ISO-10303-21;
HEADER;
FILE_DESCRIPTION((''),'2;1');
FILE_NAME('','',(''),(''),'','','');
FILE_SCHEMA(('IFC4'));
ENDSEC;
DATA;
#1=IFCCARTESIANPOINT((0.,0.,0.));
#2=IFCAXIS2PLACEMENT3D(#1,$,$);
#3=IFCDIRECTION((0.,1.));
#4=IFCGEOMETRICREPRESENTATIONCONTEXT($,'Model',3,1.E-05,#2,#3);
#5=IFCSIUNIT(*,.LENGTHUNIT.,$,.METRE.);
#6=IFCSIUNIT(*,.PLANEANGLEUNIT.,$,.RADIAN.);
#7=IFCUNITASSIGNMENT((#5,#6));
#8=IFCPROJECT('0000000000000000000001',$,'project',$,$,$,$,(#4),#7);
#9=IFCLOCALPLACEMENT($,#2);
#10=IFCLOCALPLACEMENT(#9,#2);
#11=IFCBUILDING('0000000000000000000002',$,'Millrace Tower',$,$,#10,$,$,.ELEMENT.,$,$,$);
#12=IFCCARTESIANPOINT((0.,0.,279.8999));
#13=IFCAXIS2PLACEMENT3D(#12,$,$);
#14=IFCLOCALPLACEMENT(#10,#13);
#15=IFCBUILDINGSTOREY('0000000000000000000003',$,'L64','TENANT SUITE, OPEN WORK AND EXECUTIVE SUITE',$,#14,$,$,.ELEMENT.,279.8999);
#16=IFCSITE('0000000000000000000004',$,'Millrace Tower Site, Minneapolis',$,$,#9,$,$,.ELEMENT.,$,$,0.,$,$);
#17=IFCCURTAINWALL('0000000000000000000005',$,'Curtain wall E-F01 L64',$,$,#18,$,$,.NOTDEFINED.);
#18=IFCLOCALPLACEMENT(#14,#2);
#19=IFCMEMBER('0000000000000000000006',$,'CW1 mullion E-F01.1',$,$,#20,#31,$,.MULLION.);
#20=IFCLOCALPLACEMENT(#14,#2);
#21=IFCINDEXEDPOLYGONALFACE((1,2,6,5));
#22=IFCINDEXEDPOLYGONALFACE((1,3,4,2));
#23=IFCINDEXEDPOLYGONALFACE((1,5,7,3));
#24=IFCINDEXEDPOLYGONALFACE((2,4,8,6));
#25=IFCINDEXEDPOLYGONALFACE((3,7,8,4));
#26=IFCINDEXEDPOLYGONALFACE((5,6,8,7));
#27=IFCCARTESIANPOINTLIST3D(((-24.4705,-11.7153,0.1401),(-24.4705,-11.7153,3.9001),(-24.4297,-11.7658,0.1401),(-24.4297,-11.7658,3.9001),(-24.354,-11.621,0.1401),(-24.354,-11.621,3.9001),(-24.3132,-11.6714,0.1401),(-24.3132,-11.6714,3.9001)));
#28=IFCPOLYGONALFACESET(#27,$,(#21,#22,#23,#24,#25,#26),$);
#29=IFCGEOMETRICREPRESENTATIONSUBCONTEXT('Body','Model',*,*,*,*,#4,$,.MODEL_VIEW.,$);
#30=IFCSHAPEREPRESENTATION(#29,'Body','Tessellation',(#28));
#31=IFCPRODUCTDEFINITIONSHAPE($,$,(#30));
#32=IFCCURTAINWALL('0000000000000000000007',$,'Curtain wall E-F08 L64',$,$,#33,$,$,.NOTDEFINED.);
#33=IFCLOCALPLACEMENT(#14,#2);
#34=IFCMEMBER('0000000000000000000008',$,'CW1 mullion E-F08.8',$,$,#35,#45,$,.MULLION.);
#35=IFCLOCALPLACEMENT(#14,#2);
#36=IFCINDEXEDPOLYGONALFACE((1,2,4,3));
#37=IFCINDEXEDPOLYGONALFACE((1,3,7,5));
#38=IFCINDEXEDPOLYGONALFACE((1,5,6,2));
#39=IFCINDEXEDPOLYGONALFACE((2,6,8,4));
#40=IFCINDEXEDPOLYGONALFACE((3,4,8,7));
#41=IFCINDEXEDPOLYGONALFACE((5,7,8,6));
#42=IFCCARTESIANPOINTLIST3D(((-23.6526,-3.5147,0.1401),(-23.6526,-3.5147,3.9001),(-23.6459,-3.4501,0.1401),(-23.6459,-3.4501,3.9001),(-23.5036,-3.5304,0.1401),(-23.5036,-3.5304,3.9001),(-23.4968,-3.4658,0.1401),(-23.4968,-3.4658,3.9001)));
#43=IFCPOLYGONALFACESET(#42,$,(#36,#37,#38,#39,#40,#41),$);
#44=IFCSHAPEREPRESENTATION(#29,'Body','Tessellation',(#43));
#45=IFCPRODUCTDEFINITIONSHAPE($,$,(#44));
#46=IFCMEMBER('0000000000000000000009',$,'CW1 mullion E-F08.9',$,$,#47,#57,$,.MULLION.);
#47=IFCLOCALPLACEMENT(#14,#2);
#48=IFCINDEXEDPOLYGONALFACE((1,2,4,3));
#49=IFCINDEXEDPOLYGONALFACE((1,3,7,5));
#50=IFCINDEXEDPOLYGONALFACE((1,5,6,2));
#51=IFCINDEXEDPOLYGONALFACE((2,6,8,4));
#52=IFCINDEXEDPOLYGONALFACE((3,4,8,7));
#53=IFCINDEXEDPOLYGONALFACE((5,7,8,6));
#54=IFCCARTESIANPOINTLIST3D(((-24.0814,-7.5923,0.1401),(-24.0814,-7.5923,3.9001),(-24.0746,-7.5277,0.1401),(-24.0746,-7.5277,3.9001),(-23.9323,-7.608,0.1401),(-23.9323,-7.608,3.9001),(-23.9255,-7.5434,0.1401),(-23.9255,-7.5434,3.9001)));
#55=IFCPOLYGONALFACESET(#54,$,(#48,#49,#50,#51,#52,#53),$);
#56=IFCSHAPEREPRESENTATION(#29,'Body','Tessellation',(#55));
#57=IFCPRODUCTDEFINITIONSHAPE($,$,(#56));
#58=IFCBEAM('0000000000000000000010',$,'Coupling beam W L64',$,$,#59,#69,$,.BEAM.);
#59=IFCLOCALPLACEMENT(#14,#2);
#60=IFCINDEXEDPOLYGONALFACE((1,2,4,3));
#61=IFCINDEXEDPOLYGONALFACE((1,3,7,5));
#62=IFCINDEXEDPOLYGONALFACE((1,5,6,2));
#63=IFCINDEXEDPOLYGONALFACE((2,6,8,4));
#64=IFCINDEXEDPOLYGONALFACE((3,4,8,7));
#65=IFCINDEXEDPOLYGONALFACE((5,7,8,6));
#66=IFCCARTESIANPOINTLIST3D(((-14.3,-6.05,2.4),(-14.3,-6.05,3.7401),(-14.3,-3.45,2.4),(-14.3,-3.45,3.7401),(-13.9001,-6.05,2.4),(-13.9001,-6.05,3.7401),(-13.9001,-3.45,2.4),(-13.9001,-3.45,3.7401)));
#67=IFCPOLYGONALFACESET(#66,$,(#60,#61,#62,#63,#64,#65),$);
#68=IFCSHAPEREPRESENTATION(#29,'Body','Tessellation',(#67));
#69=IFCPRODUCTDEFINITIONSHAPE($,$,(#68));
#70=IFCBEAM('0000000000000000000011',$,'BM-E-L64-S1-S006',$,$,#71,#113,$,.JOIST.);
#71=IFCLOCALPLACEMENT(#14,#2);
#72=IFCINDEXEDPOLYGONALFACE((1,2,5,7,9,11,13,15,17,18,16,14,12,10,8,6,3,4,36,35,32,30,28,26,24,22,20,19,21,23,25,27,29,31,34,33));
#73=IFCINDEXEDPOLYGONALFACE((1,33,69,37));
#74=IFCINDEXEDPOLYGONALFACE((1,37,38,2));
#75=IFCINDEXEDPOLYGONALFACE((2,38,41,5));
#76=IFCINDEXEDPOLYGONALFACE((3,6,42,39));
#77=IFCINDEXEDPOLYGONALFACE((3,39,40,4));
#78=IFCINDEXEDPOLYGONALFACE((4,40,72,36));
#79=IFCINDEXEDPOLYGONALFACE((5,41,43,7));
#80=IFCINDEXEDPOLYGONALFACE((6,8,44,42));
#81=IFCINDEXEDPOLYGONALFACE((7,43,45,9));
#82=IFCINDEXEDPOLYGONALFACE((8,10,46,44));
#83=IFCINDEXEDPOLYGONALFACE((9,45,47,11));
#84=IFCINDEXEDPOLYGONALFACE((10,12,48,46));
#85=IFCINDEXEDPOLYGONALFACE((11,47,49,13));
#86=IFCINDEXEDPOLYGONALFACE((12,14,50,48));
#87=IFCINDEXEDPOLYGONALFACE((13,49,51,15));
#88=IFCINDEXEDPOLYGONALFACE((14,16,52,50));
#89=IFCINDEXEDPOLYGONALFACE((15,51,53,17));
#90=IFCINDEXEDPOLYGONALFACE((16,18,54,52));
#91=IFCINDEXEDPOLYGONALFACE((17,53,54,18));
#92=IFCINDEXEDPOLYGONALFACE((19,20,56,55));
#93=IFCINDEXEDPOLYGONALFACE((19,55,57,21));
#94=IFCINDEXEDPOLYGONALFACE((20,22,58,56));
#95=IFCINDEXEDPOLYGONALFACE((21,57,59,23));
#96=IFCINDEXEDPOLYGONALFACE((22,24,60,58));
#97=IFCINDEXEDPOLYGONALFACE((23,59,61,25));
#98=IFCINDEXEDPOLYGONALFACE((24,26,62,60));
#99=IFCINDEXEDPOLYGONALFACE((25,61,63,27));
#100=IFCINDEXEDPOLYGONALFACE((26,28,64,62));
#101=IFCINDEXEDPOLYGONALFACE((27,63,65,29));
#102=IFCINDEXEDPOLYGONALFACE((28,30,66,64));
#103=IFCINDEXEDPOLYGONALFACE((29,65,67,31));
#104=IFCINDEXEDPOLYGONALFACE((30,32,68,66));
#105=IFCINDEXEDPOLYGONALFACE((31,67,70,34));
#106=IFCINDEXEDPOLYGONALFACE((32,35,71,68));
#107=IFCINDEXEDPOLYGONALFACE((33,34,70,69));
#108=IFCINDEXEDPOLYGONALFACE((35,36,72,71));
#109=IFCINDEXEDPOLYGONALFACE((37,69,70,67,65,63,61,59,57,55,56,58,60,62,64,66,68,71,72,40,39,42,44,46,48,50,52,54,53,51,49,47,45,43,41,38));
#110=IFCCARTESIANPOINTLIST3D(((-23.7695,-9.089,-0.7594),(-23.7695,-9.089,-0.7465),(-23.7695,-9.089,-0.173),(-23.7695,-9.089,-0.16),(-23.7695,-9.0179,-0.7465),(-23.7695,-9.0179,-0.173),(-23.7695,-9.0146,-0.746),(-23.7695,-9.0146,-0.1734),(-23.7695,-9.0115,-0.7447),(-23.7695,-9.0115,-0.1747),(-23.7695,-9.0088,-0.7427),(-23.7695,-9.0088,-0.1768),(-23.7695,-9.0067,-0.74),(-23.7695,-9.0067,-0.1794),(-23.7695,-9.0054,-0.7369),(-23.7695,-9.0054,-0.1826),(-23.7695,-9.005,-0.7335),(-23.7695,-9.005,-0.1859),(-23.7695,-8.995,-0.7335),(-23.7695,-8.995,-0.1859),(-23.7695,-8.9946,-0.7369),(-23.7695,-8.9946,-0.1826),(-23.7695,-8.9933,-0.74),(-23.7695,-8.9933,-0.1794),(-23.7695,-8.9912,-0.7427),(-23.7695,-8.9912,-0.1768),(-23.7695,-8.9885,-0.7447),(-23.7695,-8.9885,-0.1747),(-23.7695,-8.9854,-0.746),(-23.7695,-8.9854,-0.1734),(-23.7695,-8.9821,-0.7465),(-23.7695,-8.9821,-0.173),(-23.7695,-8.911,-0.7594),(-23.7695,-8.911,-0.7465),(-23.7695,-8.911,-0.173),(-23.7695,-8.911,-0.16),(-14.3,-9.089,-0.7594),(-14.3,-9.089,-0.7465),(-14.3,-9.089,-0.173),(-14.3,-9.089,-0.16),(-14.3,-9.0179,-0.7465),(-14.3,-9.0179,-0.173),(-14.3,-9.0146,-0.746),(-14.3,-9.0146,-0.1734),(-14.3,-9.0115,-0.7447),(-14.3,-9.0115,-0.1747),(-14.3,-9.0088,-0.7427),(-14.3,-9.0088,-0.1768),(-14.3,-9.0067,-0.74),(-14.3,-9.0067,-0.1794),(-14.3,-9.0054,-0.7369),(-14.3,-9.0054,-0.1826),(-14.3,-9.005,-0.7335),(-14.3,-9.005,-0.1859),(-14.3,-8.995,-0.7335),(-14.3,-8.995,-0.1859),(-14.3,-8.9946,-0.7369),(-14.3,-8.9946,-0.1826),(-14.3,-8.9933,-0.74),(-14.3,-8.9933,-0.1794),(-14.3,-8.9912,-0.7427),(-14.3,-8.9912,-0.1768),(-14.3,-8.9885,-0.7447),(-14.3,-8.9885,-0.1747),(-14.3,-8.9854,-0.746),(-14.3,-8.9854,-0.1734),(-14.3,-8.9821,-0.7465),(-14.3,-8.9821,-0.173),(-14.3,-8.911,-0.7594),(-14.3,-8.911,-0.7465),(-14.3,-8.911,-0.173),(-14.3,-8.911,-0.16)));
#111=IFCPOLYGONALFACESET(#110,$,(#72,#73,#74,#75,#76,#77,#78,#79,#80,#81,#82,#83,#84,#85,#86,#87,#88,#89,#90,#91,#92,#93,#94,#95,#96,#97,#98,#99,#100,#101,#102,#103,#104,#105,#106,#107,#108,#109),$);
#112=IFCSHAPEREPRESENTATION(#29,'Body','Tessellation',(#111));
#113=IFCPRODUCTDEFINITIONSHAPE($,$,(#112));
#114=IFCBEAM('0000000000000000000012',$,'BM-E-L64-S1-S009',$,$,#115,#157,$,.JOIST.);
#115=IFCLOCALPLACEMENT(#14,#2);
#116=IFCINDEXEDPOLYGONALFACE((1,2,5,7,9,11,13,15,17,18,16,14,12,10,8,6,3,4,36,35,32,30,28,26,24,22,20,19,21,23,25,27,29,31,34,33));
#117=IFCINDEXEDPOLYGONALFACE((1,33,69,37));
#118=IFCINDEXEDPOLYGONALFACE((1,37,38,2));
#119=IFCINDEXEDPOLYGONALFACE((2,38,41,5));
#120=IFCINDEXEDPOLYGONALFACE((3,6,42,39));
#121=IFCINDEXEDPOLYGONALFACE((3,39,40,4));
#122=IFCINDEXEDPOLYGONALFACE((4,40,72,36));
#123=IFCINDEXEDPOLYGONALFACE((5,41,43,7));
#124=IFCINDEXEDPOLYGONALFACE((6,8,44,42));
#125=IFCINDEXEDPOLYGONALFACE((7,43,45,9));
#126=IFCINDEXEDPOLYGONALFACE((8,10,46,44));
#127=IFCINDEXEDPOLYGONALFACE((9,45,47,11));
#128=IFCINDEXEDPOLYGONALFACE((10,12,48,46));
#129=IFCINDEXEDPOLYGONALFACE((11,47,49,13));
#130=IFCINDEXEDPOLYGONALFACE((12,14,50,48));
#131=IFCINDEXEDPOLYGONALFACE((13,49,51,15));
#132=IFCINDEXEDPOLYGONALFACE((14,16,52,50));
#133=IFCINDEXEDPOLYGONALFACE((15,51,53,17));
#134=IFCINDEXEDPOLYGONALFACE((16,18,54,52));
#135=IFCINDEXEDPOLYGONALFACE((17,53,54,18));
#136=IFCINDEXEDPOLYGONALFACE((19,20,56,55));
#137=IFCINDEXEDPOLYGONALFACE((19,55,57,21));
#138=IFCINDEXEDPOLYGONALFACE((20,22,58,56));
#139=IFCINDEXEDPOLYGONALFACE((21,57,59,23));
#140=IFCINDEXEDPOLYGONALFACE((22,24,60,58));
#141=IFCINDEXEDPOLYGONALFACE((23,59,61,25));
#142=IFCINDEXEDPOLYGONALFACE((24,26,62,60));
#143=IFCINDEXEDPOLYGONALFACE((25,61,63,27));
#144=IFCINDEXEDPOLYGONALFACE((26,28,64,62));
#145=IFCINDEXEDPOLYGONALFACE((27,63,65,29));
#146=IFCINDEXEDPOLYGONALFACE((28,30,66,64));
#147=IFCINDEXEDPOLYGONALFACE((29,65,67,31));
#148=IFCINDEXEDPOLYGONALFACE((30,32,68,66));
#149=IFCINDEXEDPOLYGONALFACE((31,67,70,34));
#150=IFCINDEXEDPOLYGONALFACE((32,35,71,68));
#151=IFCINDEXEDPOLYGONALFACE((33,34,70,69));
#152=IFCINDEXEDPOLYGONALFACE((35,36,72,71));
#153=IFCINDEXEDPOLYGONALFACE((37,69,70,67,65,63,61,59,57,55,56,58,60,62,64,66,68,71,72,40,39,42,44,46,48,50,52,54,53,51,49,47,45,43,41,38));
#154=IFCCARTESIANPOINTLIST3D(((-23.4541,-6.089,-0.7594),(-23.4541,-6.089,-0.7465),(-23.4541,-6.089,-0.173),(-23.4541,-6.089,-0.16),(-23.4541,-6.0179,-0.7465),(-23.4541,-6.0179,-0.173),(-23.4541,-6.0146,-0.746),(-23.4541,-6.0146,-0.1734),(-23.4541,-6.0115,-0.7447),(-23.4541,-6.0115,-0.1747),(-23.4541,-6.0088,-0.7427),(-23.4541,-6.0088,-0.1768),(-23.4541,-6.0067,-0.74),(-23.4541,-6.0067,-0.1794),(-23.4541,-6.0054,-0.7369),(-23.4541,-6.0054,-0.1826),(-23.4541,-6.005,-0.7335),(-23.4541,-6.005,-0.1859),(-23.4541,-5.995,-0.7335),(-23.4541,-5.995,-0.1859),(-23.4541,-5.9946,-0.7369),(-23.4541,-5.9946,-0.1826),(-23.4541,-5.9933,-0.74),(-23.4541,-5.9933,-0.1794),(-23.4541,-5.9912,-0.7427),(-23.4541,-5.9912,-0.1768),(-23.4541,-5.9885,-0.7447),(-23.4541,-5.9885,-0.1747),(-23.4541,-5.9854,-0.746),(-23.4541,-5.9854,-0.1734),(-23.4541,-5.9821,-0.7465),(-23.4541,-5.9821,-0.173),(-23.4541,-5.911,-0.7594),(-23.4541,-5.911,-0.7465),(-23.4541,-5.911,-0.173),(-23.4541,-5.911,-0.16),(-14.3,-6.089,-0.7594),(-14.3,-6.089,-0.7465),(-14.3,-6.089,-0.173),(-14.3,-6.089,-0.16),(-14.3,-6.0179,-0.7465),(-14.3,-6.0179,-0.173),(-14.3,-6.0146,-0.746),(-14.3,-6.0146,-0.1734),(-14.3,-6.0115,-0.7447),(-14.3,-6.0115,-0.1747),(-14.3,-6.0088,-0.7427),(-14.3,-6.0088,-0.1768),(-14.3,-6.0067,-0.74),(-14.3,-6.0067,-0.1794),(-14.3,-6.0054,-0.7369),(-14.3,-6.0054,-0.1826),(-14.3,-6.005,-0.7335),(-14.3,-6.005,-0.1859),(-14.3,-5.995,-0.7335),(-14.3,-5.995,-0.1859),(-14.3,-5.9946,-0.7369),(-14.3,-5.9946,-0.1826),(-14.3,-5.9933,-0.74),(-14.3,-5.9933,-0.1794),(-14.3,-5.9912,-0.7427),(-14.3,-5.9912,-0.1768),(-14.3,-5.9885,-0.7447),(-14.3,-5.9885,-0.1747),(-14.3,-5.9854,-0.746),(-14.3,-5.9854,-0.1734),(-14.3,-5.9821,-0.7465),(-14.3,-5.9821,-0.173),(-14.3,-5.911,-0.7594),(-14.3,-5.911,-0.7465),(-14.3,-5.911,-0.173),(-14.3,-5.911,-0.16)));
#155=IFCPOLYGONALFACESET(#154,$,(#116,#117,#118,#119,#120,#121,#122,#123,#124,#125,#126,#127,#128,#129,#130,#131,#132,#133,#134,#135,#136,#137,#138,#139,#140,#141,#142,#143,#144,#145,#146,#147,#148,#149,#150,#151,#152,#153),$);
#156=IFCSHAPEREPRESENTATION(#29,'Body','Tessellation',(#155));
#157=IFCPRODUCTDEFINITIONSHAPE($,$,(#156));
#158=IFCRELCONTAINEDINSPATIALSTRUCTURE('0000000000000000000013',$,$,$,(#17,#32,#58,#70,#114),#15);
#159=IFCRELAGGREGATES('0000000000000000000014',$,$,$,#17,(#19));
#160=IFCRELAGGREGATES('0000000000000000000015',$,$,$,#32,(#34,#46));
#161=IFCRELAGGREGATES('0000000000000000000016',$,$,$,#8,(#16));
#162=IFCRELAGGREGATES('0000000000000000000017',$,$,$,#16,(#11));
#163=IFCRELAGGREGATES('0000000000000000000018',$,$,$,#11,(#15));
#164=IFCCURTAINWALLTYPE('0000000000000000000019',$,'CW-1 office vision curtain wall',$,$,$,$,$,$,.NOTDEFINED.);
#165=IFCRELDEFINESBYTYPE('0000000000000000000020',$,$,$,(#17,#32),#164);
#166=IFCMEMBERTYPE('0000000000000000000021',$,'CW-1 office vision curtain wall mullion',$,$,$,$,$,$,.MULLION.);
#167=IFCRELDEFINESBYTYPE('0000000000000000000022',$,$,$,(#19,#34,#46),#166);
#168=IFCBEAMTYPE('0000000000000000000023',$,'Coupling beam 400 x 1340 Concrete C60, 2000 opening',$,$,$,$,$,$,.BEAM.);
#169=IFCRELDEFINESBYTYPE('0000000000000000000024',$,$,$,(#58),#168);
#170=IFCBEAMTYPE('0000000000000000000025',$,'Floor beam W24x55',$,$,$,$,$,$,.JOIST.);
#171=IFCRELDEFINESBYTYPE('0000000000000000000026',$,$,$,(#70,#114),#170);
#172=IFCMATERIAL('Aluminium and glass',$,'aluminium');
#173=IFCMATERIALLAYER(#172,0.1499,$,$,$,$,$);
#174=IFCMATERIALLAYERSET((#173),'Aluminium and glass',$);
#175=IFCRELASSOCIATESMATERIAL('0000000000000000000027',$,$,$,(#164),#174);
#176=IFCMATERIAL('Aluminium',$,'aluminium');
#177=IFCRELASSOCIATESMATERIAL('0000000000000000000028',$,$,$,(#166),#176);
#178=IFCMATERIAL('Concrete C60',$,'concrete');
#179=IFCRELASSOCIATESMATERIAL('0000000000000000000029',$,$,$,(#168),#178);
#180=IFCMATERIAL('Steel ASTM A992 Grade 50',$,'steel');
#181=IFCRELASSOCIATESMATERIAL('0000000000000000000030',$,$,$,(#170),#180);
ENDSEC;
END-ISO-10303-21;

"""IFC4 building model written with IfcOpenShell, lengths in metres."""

from ifc_helpers import new_model, si_unit, direction, frame, origin, origin_2d, place, context, subcontext, project, spatial, rectangle, i_section, extrude, material, layer, layer_set, material_profile, profile_set, type_object, element, aggregate, save


model = new_model("IFC4")

# Units and contexts
model_context = context("Model", 3, precision=1e-05, world=origin(), true_north=direction((0.0, 1.0)))
body_context = subcontext(model_context, "Body", "Model", "MODEL_VIEW")
ifc_project = project(units=[si_unit("LENGTHUNIT", "METRE"), si_unit("PLANEANGLEUNIT", "RADIAN")], contexts=[model_context])

# Site, building, storey
site_placement = place(None, origin())
site = spatial("IfcSite", under=ifc_project, at=site_placement, Name="Millrace Tower Site, Minneapolis", CompositionType="ELEMENT", RefElevation=0.0)
building_placement = place(site_placement, origin())
building = spatial("IfcBuilding", under=site, at=building_placement, Name="Millrace Tower", CompositionType="ELEMENT")
storey_placement = place(building_placement, frame((0.0, 0.0, 279.8999)))
storey = spatial("IfcBuildingStorey", under=building, at=storey_placement, Name="L64", Description="TENANT SUITE, OPEN WORK AND EXECUTIVE SUITE", CompositionType="ELEMENT", Elevation=279.8999)

# Curtain wall, member
ifc_material_1 = material(Name="Aluminium and glass", Category="aluminium")
ifc_layer_1 = layer(ifc_material_1, 0.1499)
ifc_layer_set_1 = layer_set([ifc_layer_1], Name="Aluminium and glass")
curtain_wall_type = type_object("IfcCurtainWallType", Name="CW-1 office vision curtain wall", PredefinedType="NOTDEFINED", material=ifc_layer_set_1)
placement = place(storey_placement, origin())
curtain_wall_1 = element("IfcCurtainWall", 1, at=placement, inside=storey, type_object=curtain_wall_type, Name="Curtain wall E-F01 L64", PredefinedType="NOTDEFINED")
ifc_material_2 = material(Name="Aluminium", Category="aluminium")
ifc_material_profile_1 = material_profile(ifc_material_2, rectangle(XDim=0.0649, YDim=0.1499, at=origin_2d()))
ifc_profile_set_1 = profile_set([ifc_material_profile_1], Name="Aluminium")
member_type = type_object("IfcMemberType", Name="CW-1 office vision curtain wall mullion", PredefinedType="MULLION", material=ifc_profile_set_1)
member_1_placement = place(storey_placement, frame((-24.3918, -11.6934, 0.1401), z_axis=(0.0, 0.0, 1.0), x_axis=(0.62932, -0.777146, 0.0)))
member_1 = element("IfcMember", 2, at=member_1_placement, type_object=member_type, Name="CW1 mullion E-F01.1", PredefinedType="MULLION", context=body_context, shape_type="SweptSolid", body=[
    extrude(rectangle(XDim=0.0649, YDim=0.1499, at=origin_2d()), origin(), (0.0, 0.0, 1.0), 3.76),
])
aggregate(curtain_wall_1, [member_1])

# Curtain wall, members
curtain_wall_2 = element("IfcCurtainWall", 3, at=placement, inside=storey, type_object=curtain_wall_type, Name="Curtain wall E-F08 L64", PredefinedType="NOTDEFINED")
member_2_placement = place(storey_placement, frame((-23.5747, -3.4902, 0.1401), z_axis=(0.0, 0.0, 1.0), x_axis=(-0.104528, -0.994522, 0.0)))
member_2 = element("IfcMember", 4, at=member_2_placement, type_object=member_type, Name="CW1 mullion E-F08.8", PredefinedType="MULLION", context=body_context, shape_type="SweptSolid", body=[
    extrude(rectangle(XDim=0.0649, YDim=0.1499, at=origin_2d()), origin(), (0.0, 0.0, 1.0), 3.76),
])
member_3_placement = place(storey_placement, frame((-24.0034, -7.5679, 0.1401), z_axis=(0.0, 0.0, 1.0), x_axis=(-0.104528, -0.994522, 0.0)))
member_3 = element("IfcMember", 5, at=member_3_placement, type_object=member_type, Name="CW1 mullion E-F08.9", PredefinedType="MULLION", context=body_context, shape_type="SweptSolid", body=[
    extrude(rectangle(XDim=0.0649, YDim=0.1499, at=origin_2d()), origin(), (0.0, 0.0, 1.0), 3.76),
])
aggregate(curtain_wall_2, [member_2, member_3])

# Beams
ifc_material_3 = material(Name="Concrete C60", Category="concrete")
ifc_material_profile_2 = material_profile(ifc_material_3, rectangle(XDim=0.3999, YDim=1.3401, at=origin_2d()))
ifc_profile_set_2 = profile_set([ifc_material_profile_2], Name="Concrete C60")
beam_type_1 = type_object("IfcBeamType", Name="Coupling beam 400 x 1340 Concrete C60, 2000 opening", PredefinedType="BEAM", material=ifc_profile_set_2)
beam_1_placement = place(storey_placement, frame((-14.1001, -6.05, 3.0701), z_axis=(0.0, 1.0, 0.0), x_axis=(-1.0, 0.0, 0.0)))
element("IfcBeam", 6, at=beam_1_placement, inside=storey, type_object=beam_type_1, Name="Coupling beam W L64", PredefinedType="BEAM", context=body_context, shape_type="SweptSolid", body=[
    extrude(rectangle(XDim=0.3999, YDim=1.3401, at=origin_2d()), origin(), (0.0, 0.0, 1.0), 2.6001),
])
ifc_material_4 = material(Name="Steel ASTM A992 Grade 50", Category="steel")
ifc_material_profile_3 = material_profile(ifc_material_4, i_section(OverallWidth=0.178, OverallDepth=0.5994, WebThickness=0.01, FlangeThickness=0.0129, FilletRadius=0.0129, at=origin_2d()))
ifc_profile_set_3 = profile_set([ifc_material_profile_3], Name="Steel ASTM A992 Grade 50")
beam_type_2 = type_object("IfcBeamType", Name="Floor beam W24x55", PredefinedType="JOIST", material=ifc_profile_set_3)
beam_2_placement = place(storey_placement, frame((-23.7695, -9.0, -0.4597), z_axis=(1.0, 0.0, 0.0), x_axis=(0.0, 1.0, 0.0)))
element("IfcBeam", 7, at=beam_2_placement, inside=storey, type_object=beam_type_2, Name="BM-E-L64-S1-S006", PredefinedType="JOIST", context=body_context, shape_type="SweptSolid", body=[
    extrude(i_section(OverallWidth=0.178, OverallDepth=0.5994, WebThickness=0.01, FlangeThickness=0.0129, FilletRadius=0.0129, at=origin_2d()), origin(), (0.0, 0.0, 1.0), 9.4695),
])
beam_3_placement = place(storey_placement, frame((-23.4541, -6.0, -0.4597), z_axis=(1.0, 0.0, 0.0), x_axis=(0.0, 1.0, 0.0)))
element("IfcBeam", 8, at=beam_3_placement, inside=storey, type_object=beam_type_2, Name="BM-E-L64-S1-S009", PredefinedType="JOIST", context=body_context, shape_type="SweptSolid", body=[
    extrude(i_section(OverallWidth=0.178, OverallDepth=0.5994, WebThickness=0.01, FlangeThickness=0.0129, FilletRadius=0.0129, at=origin_2d()), origin(), (0.0, 0.0, 1.0), 9.1541),
])

save(model, "model.ifc")
